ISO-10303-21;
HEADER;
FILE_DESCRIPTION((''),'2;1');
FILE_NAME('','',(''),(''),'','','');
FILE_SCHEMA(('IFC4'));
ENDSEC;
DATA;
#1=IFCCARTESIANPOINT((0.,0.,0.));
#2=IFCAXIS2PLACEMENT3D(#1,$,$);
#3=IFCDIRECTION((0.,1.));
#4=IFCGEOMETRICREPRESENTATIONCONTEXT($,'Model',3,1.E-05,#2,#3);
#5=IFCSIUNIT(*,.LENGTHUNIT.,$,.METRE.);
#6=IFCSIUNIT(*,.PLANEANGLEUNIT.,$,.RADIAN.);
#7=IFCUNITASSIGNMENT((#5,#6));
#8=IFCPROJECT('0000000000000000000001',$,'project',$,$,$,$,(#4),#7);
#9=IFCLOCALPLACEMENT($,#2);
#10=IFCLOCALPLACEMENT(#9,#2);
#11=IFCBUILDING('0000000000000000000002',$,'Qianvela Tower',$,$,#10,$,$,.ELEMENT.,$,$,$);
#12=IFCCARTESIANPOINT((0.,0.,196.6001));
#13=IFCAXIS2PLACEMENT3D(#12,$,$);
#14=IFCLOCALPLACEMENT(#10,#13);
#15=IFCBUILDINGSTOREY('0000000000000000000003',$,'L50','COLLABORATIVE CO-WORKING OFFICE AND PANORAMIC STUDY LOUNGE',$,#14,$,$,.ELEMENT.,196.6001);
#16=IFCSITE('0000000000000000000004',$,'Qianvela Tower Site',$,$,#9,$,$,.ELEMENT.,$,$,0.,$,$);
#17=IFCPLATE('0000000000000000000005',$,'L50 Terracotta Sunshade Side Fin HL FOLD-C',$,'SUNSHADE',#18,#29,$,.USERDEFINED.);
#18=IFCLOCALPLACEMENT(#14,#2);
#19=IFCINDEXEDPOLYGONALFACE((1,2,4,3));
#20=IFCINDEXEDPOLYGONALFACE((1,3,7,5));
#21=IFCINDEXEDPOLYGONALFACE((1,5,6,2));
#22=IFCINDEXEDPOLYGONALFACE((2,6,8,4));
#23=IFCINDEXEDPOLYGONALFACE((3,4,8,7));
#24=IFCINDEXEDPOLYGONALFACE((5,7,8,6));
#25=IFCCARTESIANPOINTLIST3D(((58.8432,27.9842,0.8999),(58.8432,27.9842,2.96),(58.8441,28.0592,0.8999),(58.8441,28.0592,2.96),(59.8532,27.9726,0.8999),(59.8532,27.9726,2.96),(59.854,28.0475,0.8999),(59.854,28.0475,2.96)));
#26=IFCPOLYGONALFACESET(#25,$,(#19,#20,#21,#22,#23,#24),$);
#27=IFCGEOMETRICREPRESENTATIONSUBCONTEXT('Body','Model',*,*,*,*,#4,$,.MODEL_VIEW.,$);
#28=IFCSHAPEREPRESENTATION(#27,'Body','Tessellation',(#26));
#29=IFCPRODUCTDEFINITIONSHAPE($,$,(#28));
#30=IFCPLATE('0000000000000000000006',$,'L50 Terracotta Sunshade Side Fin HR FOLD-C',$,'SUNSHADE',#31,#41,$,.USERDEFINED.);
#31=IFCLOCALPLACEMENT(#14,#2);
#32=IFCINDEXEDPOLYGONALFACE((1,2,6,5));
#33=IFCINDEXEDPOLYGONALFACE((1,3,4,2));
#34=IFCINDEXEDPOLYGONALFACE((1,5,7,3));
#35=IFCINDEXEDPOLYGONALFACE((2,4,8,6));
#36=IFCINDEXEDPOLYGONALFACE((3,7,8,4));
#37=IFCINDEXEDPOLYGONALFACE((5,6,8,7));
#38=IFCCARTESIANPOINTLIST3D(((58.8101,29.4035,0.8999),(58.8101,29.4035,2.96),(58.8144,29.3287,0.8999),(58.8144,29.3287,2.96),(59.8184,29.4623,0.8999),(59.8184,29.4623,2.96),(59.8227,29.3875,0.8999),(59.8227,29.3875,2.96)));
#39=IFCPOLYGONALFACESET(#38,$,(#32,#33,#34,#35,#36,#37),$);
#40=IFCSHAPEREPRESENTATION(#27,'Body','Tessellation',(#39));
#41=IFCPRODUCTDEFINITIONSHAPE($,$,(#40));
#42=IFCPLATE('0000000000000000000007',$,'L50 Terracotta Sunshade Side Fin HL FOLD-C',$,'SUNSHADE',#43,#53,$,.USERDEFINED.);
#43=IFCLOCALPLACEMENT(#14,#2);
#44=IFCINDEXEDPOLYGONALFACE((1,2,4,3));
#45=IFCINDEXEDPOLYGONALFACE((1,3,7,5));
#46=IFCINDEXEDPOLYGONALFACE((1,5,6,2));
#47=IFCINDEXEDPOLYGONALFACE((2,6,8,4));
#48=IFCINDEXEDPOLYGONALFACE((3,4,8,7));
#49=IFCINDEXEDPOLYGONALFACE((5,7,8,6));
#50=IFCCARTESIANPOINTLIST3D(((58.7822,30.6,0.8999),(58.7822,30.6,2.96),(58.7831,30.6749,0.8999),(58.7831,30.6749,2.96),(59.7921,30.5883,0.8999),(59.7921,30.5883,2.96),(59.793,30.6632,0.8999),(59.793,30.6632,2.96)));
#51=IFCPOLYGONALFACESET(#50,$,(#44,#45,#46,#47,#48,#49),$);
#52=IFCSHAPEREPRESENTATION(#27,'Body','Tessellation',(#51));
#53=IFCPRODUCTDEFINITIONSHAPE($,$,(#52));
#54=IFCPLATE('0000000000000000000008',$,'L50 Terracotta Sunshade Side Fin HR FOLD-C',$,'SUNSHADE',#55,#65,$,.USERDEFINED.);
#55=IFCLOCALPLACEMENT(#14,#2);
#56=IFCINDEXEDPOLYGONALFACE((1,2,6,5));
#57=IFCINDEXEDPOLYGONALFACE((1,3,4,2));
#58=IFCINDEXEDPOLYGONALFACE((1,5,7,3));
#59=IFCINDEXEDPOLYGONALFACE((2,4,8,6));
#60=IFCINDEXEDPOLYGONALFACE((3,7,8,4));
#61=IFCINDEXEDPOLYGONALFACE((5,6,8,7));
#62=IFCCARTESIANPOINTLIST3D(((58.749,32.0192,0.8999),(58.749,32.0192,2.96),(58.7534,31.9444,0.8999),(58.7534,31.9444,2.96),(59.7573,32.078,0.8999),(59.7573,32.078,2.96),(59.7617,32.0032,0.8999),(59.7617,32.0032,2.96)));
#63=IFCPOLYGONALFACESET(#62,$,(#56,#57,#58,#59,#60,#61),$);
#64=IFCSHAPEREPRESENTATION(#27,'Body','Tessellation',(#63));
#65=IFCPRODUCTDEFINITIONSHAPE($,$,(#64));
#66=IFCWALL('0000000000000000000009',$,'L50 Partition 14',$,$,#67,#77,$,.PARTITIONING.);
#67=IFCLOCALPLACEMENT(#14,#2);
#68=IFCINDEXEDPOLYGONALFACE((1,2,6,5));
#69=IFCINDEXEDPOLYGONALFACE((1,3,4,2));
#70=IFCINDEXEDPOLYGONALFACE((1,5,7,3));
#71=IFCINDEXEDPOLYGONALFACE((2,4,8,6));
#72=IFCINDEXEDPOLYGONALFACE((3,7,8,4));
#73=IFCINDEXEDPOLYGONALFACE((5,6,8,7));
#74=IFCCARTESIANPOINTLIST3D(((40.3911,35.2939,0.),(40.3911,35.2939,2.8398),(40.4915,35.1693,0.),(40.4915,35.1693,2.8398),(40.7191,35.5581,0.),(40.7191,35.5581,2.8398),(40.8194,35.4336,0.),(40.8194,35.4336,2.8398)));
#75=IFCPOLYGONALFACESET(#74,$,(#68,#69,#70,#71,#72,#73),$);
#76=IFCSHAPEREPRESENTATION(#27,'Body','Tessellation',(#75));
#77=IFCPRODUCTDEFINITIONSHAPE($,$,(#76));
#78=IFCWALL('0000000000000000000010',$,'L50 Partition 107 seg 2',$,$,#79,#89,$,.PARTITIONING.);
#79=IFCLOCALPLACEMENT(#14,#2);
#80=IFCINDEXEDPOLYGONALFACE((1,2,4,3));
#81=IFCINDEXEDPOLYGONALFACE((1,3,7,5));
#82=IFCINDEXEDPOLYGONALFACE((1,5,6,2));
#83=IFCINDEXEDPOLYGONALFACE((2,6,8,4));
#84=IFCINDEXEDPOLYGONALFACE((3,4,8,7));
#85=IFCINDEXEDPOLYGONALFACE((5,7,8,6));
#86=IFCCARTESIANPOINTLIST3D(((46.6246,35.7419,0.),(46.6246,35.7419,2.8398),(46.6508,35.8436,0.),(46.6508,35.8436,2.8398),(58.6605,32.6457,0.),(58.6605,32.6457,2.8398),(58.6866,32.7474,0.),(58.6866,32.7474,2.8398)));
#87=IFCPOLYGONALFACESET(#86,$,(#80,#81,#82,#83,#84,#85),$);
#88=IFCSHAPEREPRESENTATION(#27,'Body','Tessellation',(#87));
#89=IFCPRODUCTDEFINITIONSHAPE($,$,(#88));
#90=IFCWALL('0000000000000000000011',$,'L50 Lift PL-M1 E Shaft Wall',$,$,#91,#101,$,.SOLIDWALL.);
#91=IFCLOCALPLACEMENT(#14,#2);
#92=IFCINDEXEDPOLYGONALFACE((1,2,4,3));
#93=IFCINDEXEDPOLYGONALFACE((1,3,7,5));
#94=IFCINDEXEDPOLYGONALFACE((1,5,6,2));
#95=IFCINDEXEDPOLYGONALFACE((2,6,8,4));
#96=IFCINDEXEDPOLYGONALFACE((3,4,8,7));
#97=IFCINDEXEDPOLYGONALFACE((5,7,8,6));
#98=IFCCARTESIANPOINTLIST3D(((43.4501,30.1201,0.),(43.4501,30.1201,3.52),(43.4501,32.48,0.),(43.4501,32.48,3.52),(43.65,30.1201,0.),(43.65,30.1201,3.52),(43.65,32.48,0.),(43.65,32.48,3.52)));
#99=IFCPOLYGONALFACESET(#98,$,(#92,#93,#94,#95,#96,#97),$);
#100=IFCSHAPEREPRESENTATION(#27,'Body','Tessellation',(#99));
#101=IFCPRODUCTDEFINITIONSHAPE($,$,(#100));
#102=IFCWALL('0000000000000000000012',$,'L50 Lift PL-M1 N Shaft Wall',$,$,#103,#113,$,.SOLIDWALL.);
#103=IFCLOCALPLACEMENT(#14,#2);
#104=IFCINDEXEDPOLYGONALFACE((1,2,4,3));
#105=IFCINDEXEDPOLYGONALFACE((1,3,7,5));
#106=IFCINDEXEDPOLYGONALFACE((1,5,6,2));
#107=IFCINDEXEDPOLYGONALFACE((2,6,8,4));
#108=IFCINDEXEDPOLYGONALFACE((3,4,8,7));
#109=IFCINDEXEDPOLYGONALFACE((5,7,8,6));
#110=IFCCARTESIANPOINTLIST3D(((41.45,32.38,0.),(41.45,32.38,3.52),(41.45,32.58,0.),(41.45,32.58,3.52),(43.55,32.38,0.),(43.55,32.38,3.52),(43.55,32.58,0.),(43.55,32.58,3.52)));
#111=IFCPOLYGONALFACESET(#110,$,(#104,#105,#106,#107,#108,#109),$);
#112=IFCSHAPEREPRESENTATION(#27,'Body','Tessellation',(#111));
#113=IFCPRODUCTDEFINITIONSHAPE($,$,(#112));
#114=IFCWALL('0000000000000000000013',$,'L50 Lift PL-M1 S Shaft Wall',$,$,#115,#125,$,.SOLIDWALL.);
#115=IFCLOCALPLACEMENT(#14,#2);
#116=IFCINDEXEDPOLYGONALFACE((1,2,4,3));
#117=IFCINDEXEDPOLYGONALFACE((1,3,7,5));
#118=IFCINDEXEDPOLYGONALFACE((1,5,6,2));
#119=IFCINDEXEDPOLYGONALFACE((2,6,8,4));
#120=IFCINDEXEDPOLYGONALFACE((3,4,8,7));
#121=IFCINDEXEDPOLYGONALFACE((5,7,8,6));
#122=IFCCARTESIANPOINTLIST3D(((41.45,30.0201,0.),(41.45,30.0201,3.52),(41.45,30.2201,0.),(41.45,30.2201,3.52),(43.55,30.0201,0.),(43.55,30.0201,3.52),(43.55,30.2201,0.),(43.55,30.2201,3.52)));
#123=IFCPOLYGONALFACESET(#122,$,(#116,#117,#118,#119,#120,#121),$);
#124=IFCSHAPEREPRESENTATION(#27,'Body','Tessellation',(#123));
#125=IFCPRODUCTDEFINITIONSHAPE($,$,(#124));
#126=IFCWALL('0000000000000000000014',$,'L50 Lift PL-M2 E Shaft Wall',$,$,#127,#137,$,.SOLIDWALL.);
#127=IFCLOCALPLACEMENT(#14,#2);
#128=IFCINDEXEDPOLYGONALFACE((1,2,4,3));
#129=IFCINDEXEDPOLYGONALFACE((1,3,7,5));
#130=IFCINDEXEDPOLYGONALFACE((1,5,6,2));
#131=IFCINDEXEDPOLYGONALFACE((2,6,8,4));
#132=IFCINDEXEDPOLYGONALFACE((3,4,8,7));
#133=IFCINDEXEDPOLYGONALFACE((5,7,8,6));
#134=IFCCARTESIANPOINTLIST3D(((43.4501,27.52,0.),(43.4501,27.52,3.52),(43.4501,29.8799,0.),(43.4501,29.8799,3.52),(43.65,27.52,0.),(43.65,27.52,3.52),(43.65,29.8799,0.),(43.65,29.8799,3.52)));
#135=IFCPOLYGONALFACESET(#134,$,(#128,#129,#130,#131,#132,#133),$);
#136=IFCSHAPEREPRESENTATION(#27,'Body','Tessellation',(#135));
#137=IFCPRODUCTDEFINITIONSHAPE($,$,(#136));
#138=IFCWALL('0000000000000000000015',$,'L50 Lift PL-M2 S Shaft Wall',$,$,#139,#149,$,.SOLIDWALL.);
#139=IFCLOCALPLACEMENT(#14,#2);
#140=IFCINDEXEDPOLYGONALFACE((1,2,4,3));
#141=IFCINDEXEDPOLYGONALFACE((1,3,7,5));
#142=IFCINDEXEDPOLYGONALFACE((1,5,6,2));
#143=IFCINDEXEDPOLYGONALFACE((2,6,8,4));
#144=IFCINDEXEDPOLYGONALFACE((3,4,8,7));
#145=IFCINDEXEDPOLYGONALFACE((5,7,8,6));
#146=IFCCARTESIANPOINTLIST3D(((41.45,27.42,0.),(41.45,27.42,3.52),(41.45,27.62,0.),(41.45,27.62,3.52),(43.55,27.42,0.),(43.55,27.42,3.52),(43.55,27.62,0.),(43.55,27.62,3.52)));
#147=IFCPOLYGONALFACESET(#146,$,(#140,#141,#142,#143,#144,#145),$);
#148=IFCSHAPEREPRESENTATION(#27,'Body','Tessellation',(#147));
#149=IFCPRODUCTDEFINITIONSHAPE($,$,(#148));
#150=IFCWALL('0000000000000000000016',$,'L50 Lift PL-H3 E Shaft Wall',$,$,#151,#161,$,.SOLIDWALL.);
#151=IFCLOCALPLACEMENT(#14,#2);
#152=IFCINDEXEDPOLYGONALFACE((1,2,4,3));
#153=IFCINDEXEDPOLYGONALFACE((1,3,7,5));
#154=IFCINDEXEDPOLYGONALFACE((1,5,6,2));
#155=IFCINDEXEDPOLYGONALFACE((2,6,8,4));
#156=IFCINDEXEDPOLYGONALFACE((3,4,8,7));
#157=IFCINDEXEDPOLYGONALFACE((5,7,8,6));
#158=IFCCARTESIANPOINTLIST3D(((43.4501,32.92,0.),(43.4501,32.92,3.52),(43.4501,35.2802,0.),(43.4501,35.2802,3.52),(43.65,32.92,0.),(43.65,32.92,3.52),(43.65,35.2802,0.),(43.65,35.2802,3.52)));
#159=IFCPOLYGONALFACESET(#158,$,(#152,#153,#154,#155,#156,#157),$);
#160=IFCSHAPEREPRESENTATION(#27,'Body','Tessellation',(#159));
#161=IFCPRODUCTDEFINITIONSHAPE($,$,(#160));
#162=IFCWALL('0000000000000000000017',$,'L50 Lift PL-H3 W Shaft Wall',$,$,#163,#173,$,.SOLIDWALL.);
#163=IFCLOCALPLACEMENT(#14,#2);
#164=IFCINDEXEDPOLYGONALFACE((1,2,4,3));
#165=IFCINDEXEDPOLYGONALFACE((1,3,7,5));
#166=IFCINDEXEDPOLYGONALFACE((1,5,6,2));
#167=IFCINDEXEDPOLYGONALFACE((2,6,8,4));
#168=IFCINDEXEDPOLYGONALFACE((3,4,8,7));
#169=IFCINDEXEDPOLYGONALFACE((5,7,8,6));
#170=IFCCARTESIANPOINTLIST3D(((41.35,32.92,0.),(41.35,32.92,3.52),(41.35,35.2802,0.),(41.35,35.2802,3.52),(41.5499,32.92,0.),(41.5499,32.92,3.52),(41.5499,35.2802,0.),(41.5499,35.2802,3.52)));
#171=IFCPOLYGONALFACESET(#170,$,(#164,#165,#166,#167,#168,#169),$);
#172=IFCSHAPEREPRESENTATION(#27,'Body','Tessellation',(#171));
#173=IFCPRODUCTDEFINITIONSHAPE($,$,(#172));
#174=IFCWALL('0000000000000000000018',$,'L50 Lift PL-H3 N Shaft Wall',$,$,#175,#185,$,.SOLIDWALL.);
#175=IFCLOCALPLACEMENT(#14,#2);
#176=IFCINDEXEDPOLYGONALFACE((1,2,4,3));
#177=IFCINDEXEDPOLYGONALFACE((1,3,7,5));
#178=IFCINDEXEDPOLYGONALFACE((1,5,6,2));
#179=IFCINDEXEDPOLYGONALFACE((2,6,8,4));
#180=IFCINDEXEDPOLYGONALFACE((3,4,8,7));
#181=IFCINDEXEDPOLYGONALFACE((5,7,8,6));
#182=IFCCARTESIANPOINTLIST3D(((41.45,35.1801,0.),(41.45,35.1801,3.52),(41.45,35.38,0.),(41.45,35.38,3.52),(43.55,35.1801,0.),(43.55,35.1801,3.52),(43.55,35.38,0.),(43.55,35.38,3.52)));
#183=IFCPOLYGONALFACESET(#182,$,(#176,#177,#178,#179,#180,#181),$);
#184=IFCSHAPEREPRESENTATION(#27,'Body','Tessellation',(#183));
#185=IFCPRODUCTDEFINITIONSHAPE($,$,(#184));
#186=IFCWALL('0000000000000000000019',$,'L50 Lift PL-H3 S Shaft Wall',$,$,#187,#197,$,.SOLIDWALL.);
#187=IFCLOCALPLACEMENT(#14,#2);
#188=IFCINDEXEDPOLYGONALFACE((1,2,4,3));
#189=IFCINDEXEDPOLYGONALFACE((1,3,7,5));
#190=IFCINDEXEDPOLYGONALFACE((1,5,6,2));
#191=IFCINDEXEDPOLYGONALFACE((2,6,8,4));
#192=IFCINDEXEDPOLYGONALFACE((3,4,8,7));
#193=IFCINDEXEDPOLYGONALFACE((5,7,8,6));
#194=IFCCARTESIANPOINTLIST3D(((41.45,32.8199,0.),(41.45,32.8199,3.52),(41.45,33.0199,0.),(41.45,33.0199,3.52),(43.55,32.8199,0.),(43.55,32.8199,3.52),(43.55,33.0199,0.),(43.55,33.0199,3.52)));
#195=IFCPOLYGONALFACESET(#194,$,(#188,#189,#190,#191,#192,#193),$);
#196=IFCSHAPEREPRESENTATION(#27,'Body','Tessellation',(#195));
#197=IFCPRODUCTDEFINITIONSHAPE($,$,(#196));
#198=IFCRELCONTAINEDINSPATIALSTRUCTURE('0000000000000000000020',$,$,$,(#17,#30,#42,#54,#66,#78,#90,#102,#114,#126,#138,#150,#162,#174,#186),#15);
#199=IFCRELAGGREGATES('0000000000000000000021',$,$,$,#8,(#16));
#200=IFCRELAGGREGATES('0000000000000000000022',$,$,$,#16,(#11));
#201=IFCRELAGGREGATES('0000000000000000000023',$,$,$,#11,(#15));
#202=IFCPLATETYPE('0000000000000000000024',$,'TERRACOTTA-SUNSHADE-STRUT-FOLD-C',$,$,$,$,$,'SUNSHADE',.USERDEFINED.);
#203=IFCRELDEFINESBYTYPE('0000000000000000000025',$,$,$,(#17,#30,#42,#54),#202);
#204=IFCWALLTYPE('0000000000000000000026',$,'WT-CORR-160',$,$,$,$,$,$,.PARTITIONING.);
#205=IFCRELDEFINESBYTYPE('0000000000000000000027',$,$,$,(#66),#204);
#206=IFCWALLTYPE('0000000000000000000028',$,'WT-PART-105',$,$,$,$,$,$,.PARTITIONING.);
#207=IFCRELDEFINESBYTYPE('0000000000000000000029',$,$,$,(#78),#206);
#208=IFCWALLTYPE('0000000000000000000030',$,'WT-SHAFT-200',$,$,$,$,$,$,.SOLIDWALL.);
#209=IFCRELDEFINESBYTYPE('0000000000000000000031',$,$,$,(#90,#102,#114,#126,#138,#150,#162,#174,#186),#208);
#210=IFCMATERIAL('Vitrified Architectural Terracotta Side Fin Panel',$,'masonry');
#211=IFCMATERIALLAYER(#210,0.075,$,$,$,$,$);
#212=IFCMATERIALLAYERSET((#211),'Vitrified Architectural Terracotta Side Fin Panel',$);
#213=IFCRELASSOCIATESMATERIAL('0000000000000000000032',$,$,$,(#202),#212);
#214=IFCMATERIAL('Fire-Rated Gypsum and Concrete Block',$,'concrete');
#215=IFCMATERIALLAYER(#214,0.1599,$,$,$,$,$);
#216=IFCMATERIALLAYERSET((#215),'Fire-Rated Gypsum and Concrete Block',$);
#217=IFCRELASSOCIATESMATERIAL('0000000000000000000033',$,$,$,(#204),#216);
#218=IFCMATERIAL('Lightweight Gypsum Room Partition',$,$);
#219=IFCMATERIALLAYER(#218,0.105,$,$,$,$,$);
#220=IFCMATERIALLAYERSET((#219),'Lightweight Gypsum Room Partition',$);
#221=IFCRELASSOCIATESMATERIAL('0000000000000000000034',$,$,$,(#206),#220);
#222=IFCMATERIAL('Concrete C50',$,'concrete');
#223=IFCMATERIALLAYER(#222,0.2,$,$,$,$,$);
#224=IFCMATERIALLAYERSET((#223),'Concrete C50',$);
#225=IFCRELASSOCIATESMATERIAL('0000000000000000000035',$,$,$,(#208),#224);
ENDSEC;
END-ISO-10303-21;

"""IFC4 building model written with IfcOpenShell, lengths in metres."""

from ifc_helpers import new_model, si_unit, direction, frame, frame_2d, origin, origin_2d, place, context, subcontext, project, spatial, rectangle, extrude, material, layer, layer_set, type_object, element, save


model = new_model("IFC4")

# Units and contexts
model_context = context("Model", 3, precision=1e-05, world=origin(), true_north=direction((0.0, 1.0)))
body_context = subcontext(model_context, "Body", "Model", "MODEL_VIEW")
ifc_project = project(units=[si_unit("LENGTHUNIT", "METRE"), si_unit("PLANEANGLEUNIT", "RADIAN")], contexts=[model_context])

# Site, building, storey
site_placement = place(None, origin())
site = spatial("IfcSite", under=ifc_project, at=site_placement, Name="Qianvela Tower Site", CompositionType="ELEMENT", RefElevation=0.0)
building_placement = place(site_placement, origin())
building = spatial("IfcBuilding", under=site, at=building_placement, Name="Qianvela Tower", CompositionType="ELEMENT")
storey_placement = place(building_placement, frame((0.0, 0.0, 196.6001)))
storey = spatial("IfcBuildingStorey", under=building, at=storey_placement, Name="L50", Description="COLLABORATIVE CO-WORKING OFFICE AND PANORAMIC STUDY LOUNGE", CompositionType="ELEMENT", Elevation=196.6001)

# Plates
ifc_material_1 = material(Name="Vitrified Architectural Terracotta Side Fin Panel", Category="masonry")
ifc_layer_1 = layer(ifc_material_1, 0.075)
ifc_layer_set_1 = layer_set([ifc_layer_1], Name="Vitrified Architectural Terracotta Side Fin Panel")
plate_type_1 = type_object("IfcPlateType", Name="TERRACOTTA-SUNSHADE-STRUT-FOLD-C", ElementType="SUNSHADE", PredefinedType="USERDEFINED", material=ifc_layer_set_1)
for number, where, z_axis, x_axis, name in (
    (1, (59.3486, 28.0159, 0.8999), (0.0, 0.0, 1.0), (0.011575, 0.999933, 0.0), "L50 Terracotta Sunshade Side Fin HL FOLD-C"),
    (2, (59.3164, 29.3955, 0.8999), (0.0, 0.0, 1.0), (-0.058205, 0.998305, 0.0), "L50 Terracotta Sunshade Side Fin HR FOLD-C"),
    (3, (59.2876, 30.6316, 0.8999), (0.0, 0.0, 1.0), (0.011575, 0.999933, 0.0), "L50 Terracotta Sunshade Side Fin HL FOLD-C"),
    (4, (59.2554, 32.0112, 0.8999), (0.0, 0.0, 1.0), (-0.058205, 0.998305, 0.0), "L50 Terracotta Sunshade Side Fin HR FOLD-C"),
):
    element("IfcPlate", number, at=place(storey_placement, frame(where, z_axis=z_axis, x_axis=x_axis)), inside=storey, type_object=plate_type_1, Name=name, ObjectType="SUNSHADE", PredefinedType="USERDEFINED", context=body_context, shape_type="SweptSolid", body=[
        extrude(rectangle(XDim=0.075, YDim=1.01, at=origin_2d()), origin(), (0.0, 0.0, 1.0), 2.0601),
    ])

# Walls
ifc_material_2 = material(Name="Fire-Rated Gypsum and Concrete Block", Category="concrete")
ifc_layer_2 = layer(ifc_material_2, 0.1599)
ifc_layer_set_2 = layer_set([ifc_layer_2], Name="Fire-Rated Gypsum and Concrete Block")
wall_type_1 = type_object("IfcWallType", Name="WT-CORR-160", PredefinedType="PARTITIONING", material=ifc_layer_set_2)
wall_1_placement = place(storey_placement, frame((40.4414, 35.2317, 0.0), z_axis=(0.0, 0.0, 1.0), x_axis=(0.778715, 0.627378, 0.0)))
element("IfcWall", 5, at=wall_1_placement, inside=storey, type_object=wall_type_1, Name="L50 Partition 14", PredefinedType="PARTITIONING", context=body_context, shape_type="SweptSolid", body=[
    extrude(rectangle(XDim=0.4211, YDim=0.1599, at=frame_2d((0.2104, 0.0))), origin(), (0.0, 0.0, 1.0), 2.8398),
])
ifc_material_3 = material(Name="Lightweight Gypsum Room Partition")
ifc_layer_3 = layer(ifc_material_3, 0.105)
ifc_layer_set_3 = layer_set([ifc_layer_3], Name="Lightweight Gypsum Room Partition")
wall_type_2 = type_object("IfcWallType", Name="WT-PART-105", PredefinedType="PARTITIONING", material=ifc_layer_set_3)
wall_2_placement = place(storey_placement, frame((46.6377, 35.7927, 0.0), z_axis=(0.0, 0.0, 1.0), x_axis=(0.968469, -0.249135, 0.0)))
element("IfcWall", 6, at=wall_2_placement, inside=storey, type_object=wall_type_2, Name="L50 Partition 107 seg 2", PredefinedType="PARTITIONING", context=body_context, shape_type="SweptSolid", body=[
    extrude(rectangle(XDim=12.4277, YDim=0.105, at=frame_2d((6.2139, 0.0))), origin(), (0.0, 0.0, 1.0), 2.8398),
])
ifc_material_4 = material(Name="Concrete C50", Category="concrete")
ifc_layer_4 = layer(ifc_material_4, 0.2)
ifc_layer_set_4 = layer_set([ifc_layer_4], Name="Concrete C50")
wall_type_3 = type_object("IfcWallType", Name="WT-SHAFT-200", PredefinedType="SOLIDWALL", material=ifc_layer_set_4)
wall_3_placement = place(storey_placement, frame((43.55, 30.1201, 0.0), z_axis=(0.0, 0.0, 1.0), x_axis=(0.0, 1.0, 0.0)))
element("IfcWall", 7, at=wall_3_placement, inside=storey, type_object=wall_type_3, Name="L50 Lift PL-M1 E Shaft Wall", PredefinedType="SOLIDWALL", context=body_context, shape_type="SweptSolid", body=[
    extrude(rectangle(XDim=2.3599, YDim=0.2, at=frame_2d((1.1799, 0.0))), origin(), (0.0, 0.0, 1.0), 3.52),
])

# Walls
for number, where, z_axis, x_axis, name in (
    (8, (41.45, 32.48, 0.0), (0.0, 0.0, 1.0), (1.0, 0.0, 0.0), "L50 Lift PL-M1 N Shaft Wall"),
    (9, (41.45, 30.1201, 0.0), (0.0, 0.0, 1.0), (1.0, 0.0, 0.0), "L50 Lift PL-M1 S Shaft Wall"),
):
    element("IfcWall", number, at=place(storey_placement, frame(where, z_axis=z_axis, x_axis=x_axis)), inside=storey, type_object=wall_type_3, Name=name, PredefinedType="SOLIDWALL", context=body_context, shape_type="SweptSolid", body=[
        extrude(rectangle(XDim=2.1001, YDim=0.2, at=frame_2d((1.05, 0.0))), origin(), (0.0, 0.0, 1.0), 3.52),
    ])
wall_4_placement = place(storey_placement, frame((43.55, 27.52, 0.0), z_axis=(0.0, 0.0, 1.0), x_axis=(0.0, 1.0, 0.0)))
element("IfcWall", 10, at=wall_4_placement, inside=storey, type_object=wall_type_3, Name="L50 Lift PL-M2 E Shaft Wall", PredefinedType="SOLIDWALL", context=body_context, shape_type="SweptSolid", body=[
    extrude(rectangle(XDim=2.3599, YDim=0.2, at=frame_2d((1.1799, 0.0))), origin(), (0.0, 0.0, 1.0), 3.52),
])

# Walls
wall_5_placement = place(storey_placement, frame((41.45, 27.52, 0.0), z_axis=(0.0, 0.0, 1.0), x_axis=(1.0, 0.0, 0.0)))
element("IfcWall", 11, at=wall_5_placement, inside=storey, type_object=wall_type_3, Name="L50 Lift PL-M2 S Shaft Wall", PredefinedType="SOLIDWALL", context=body_context, shape_type="SweptSolid", body=[
    extrude(rectangle(XDim=2.1001, YDim=0.2, at=frame_2d((1.05, 0.0))), origin(), (0.0, 0.0, 1.0), 3.52),
])
for number, where, z_axis, x_axis, name in (
    (12, (43.55, 32.9199, 0.0), (0.0, 0.0, 1.0), (0.0, 1.0, 0.0), "L50 Lift PL-H3 E Shaft Wall"),
    (13, (41.45, 32.9199, 0.0), (0.0, 0.0, 1.0), (0.0, 1.0, 0.0), "L50 Lift PL-H3 W Shaft Wall"),
):
    element("IfcWall", number, at=place(storey_placement, frame(where, z_axis=z_axis, x_axis=x_axis)), inside=storey, type_object=wall_type_3, Name=name, PredefinedType="SOLIDWALL", context=body_context, shape_type="SweptSolid", body=[
        extrude(rectangle(XDim=2.3601, YDim=0.2, at=frame_2d((1.1802, 0.0))), origin(), (0.0, 0.0, 1.0), 3.52),
    ])
for number, where, z_axis, x_axis, name in (
    (14, (41.45, 35.28, 0.0), (0.0, 0.0, 1.0), (1.0, 0.0, 0.0), "L50 Lift PL-H3 N Shaft Wall"),
    (15, (41.45, 32.9199, 0.0), (0.0, 0.0, 1.0), (1.0, 0.0, 0.0), "L50 Lift PL-H3 S Shaft Wall"),
):
    element("IfcWall", number, at=place(storey_placement, frame(where, z_axis=z_axis, x_axis=x_axis)), inside=storey, type_object=wall_type_3, Name=name, PredefinedType="SOLIDWALL", context=body_context, shape_type="SweptSolid", body=[
        extrude(rectangle(XDim=2.1001, YDim=0.2, at=frame_2d((1.05, 0.0))), origin(), (0.0, 0.0, 1.0), 3.52),
    ])

save(model, "model.ifc")
